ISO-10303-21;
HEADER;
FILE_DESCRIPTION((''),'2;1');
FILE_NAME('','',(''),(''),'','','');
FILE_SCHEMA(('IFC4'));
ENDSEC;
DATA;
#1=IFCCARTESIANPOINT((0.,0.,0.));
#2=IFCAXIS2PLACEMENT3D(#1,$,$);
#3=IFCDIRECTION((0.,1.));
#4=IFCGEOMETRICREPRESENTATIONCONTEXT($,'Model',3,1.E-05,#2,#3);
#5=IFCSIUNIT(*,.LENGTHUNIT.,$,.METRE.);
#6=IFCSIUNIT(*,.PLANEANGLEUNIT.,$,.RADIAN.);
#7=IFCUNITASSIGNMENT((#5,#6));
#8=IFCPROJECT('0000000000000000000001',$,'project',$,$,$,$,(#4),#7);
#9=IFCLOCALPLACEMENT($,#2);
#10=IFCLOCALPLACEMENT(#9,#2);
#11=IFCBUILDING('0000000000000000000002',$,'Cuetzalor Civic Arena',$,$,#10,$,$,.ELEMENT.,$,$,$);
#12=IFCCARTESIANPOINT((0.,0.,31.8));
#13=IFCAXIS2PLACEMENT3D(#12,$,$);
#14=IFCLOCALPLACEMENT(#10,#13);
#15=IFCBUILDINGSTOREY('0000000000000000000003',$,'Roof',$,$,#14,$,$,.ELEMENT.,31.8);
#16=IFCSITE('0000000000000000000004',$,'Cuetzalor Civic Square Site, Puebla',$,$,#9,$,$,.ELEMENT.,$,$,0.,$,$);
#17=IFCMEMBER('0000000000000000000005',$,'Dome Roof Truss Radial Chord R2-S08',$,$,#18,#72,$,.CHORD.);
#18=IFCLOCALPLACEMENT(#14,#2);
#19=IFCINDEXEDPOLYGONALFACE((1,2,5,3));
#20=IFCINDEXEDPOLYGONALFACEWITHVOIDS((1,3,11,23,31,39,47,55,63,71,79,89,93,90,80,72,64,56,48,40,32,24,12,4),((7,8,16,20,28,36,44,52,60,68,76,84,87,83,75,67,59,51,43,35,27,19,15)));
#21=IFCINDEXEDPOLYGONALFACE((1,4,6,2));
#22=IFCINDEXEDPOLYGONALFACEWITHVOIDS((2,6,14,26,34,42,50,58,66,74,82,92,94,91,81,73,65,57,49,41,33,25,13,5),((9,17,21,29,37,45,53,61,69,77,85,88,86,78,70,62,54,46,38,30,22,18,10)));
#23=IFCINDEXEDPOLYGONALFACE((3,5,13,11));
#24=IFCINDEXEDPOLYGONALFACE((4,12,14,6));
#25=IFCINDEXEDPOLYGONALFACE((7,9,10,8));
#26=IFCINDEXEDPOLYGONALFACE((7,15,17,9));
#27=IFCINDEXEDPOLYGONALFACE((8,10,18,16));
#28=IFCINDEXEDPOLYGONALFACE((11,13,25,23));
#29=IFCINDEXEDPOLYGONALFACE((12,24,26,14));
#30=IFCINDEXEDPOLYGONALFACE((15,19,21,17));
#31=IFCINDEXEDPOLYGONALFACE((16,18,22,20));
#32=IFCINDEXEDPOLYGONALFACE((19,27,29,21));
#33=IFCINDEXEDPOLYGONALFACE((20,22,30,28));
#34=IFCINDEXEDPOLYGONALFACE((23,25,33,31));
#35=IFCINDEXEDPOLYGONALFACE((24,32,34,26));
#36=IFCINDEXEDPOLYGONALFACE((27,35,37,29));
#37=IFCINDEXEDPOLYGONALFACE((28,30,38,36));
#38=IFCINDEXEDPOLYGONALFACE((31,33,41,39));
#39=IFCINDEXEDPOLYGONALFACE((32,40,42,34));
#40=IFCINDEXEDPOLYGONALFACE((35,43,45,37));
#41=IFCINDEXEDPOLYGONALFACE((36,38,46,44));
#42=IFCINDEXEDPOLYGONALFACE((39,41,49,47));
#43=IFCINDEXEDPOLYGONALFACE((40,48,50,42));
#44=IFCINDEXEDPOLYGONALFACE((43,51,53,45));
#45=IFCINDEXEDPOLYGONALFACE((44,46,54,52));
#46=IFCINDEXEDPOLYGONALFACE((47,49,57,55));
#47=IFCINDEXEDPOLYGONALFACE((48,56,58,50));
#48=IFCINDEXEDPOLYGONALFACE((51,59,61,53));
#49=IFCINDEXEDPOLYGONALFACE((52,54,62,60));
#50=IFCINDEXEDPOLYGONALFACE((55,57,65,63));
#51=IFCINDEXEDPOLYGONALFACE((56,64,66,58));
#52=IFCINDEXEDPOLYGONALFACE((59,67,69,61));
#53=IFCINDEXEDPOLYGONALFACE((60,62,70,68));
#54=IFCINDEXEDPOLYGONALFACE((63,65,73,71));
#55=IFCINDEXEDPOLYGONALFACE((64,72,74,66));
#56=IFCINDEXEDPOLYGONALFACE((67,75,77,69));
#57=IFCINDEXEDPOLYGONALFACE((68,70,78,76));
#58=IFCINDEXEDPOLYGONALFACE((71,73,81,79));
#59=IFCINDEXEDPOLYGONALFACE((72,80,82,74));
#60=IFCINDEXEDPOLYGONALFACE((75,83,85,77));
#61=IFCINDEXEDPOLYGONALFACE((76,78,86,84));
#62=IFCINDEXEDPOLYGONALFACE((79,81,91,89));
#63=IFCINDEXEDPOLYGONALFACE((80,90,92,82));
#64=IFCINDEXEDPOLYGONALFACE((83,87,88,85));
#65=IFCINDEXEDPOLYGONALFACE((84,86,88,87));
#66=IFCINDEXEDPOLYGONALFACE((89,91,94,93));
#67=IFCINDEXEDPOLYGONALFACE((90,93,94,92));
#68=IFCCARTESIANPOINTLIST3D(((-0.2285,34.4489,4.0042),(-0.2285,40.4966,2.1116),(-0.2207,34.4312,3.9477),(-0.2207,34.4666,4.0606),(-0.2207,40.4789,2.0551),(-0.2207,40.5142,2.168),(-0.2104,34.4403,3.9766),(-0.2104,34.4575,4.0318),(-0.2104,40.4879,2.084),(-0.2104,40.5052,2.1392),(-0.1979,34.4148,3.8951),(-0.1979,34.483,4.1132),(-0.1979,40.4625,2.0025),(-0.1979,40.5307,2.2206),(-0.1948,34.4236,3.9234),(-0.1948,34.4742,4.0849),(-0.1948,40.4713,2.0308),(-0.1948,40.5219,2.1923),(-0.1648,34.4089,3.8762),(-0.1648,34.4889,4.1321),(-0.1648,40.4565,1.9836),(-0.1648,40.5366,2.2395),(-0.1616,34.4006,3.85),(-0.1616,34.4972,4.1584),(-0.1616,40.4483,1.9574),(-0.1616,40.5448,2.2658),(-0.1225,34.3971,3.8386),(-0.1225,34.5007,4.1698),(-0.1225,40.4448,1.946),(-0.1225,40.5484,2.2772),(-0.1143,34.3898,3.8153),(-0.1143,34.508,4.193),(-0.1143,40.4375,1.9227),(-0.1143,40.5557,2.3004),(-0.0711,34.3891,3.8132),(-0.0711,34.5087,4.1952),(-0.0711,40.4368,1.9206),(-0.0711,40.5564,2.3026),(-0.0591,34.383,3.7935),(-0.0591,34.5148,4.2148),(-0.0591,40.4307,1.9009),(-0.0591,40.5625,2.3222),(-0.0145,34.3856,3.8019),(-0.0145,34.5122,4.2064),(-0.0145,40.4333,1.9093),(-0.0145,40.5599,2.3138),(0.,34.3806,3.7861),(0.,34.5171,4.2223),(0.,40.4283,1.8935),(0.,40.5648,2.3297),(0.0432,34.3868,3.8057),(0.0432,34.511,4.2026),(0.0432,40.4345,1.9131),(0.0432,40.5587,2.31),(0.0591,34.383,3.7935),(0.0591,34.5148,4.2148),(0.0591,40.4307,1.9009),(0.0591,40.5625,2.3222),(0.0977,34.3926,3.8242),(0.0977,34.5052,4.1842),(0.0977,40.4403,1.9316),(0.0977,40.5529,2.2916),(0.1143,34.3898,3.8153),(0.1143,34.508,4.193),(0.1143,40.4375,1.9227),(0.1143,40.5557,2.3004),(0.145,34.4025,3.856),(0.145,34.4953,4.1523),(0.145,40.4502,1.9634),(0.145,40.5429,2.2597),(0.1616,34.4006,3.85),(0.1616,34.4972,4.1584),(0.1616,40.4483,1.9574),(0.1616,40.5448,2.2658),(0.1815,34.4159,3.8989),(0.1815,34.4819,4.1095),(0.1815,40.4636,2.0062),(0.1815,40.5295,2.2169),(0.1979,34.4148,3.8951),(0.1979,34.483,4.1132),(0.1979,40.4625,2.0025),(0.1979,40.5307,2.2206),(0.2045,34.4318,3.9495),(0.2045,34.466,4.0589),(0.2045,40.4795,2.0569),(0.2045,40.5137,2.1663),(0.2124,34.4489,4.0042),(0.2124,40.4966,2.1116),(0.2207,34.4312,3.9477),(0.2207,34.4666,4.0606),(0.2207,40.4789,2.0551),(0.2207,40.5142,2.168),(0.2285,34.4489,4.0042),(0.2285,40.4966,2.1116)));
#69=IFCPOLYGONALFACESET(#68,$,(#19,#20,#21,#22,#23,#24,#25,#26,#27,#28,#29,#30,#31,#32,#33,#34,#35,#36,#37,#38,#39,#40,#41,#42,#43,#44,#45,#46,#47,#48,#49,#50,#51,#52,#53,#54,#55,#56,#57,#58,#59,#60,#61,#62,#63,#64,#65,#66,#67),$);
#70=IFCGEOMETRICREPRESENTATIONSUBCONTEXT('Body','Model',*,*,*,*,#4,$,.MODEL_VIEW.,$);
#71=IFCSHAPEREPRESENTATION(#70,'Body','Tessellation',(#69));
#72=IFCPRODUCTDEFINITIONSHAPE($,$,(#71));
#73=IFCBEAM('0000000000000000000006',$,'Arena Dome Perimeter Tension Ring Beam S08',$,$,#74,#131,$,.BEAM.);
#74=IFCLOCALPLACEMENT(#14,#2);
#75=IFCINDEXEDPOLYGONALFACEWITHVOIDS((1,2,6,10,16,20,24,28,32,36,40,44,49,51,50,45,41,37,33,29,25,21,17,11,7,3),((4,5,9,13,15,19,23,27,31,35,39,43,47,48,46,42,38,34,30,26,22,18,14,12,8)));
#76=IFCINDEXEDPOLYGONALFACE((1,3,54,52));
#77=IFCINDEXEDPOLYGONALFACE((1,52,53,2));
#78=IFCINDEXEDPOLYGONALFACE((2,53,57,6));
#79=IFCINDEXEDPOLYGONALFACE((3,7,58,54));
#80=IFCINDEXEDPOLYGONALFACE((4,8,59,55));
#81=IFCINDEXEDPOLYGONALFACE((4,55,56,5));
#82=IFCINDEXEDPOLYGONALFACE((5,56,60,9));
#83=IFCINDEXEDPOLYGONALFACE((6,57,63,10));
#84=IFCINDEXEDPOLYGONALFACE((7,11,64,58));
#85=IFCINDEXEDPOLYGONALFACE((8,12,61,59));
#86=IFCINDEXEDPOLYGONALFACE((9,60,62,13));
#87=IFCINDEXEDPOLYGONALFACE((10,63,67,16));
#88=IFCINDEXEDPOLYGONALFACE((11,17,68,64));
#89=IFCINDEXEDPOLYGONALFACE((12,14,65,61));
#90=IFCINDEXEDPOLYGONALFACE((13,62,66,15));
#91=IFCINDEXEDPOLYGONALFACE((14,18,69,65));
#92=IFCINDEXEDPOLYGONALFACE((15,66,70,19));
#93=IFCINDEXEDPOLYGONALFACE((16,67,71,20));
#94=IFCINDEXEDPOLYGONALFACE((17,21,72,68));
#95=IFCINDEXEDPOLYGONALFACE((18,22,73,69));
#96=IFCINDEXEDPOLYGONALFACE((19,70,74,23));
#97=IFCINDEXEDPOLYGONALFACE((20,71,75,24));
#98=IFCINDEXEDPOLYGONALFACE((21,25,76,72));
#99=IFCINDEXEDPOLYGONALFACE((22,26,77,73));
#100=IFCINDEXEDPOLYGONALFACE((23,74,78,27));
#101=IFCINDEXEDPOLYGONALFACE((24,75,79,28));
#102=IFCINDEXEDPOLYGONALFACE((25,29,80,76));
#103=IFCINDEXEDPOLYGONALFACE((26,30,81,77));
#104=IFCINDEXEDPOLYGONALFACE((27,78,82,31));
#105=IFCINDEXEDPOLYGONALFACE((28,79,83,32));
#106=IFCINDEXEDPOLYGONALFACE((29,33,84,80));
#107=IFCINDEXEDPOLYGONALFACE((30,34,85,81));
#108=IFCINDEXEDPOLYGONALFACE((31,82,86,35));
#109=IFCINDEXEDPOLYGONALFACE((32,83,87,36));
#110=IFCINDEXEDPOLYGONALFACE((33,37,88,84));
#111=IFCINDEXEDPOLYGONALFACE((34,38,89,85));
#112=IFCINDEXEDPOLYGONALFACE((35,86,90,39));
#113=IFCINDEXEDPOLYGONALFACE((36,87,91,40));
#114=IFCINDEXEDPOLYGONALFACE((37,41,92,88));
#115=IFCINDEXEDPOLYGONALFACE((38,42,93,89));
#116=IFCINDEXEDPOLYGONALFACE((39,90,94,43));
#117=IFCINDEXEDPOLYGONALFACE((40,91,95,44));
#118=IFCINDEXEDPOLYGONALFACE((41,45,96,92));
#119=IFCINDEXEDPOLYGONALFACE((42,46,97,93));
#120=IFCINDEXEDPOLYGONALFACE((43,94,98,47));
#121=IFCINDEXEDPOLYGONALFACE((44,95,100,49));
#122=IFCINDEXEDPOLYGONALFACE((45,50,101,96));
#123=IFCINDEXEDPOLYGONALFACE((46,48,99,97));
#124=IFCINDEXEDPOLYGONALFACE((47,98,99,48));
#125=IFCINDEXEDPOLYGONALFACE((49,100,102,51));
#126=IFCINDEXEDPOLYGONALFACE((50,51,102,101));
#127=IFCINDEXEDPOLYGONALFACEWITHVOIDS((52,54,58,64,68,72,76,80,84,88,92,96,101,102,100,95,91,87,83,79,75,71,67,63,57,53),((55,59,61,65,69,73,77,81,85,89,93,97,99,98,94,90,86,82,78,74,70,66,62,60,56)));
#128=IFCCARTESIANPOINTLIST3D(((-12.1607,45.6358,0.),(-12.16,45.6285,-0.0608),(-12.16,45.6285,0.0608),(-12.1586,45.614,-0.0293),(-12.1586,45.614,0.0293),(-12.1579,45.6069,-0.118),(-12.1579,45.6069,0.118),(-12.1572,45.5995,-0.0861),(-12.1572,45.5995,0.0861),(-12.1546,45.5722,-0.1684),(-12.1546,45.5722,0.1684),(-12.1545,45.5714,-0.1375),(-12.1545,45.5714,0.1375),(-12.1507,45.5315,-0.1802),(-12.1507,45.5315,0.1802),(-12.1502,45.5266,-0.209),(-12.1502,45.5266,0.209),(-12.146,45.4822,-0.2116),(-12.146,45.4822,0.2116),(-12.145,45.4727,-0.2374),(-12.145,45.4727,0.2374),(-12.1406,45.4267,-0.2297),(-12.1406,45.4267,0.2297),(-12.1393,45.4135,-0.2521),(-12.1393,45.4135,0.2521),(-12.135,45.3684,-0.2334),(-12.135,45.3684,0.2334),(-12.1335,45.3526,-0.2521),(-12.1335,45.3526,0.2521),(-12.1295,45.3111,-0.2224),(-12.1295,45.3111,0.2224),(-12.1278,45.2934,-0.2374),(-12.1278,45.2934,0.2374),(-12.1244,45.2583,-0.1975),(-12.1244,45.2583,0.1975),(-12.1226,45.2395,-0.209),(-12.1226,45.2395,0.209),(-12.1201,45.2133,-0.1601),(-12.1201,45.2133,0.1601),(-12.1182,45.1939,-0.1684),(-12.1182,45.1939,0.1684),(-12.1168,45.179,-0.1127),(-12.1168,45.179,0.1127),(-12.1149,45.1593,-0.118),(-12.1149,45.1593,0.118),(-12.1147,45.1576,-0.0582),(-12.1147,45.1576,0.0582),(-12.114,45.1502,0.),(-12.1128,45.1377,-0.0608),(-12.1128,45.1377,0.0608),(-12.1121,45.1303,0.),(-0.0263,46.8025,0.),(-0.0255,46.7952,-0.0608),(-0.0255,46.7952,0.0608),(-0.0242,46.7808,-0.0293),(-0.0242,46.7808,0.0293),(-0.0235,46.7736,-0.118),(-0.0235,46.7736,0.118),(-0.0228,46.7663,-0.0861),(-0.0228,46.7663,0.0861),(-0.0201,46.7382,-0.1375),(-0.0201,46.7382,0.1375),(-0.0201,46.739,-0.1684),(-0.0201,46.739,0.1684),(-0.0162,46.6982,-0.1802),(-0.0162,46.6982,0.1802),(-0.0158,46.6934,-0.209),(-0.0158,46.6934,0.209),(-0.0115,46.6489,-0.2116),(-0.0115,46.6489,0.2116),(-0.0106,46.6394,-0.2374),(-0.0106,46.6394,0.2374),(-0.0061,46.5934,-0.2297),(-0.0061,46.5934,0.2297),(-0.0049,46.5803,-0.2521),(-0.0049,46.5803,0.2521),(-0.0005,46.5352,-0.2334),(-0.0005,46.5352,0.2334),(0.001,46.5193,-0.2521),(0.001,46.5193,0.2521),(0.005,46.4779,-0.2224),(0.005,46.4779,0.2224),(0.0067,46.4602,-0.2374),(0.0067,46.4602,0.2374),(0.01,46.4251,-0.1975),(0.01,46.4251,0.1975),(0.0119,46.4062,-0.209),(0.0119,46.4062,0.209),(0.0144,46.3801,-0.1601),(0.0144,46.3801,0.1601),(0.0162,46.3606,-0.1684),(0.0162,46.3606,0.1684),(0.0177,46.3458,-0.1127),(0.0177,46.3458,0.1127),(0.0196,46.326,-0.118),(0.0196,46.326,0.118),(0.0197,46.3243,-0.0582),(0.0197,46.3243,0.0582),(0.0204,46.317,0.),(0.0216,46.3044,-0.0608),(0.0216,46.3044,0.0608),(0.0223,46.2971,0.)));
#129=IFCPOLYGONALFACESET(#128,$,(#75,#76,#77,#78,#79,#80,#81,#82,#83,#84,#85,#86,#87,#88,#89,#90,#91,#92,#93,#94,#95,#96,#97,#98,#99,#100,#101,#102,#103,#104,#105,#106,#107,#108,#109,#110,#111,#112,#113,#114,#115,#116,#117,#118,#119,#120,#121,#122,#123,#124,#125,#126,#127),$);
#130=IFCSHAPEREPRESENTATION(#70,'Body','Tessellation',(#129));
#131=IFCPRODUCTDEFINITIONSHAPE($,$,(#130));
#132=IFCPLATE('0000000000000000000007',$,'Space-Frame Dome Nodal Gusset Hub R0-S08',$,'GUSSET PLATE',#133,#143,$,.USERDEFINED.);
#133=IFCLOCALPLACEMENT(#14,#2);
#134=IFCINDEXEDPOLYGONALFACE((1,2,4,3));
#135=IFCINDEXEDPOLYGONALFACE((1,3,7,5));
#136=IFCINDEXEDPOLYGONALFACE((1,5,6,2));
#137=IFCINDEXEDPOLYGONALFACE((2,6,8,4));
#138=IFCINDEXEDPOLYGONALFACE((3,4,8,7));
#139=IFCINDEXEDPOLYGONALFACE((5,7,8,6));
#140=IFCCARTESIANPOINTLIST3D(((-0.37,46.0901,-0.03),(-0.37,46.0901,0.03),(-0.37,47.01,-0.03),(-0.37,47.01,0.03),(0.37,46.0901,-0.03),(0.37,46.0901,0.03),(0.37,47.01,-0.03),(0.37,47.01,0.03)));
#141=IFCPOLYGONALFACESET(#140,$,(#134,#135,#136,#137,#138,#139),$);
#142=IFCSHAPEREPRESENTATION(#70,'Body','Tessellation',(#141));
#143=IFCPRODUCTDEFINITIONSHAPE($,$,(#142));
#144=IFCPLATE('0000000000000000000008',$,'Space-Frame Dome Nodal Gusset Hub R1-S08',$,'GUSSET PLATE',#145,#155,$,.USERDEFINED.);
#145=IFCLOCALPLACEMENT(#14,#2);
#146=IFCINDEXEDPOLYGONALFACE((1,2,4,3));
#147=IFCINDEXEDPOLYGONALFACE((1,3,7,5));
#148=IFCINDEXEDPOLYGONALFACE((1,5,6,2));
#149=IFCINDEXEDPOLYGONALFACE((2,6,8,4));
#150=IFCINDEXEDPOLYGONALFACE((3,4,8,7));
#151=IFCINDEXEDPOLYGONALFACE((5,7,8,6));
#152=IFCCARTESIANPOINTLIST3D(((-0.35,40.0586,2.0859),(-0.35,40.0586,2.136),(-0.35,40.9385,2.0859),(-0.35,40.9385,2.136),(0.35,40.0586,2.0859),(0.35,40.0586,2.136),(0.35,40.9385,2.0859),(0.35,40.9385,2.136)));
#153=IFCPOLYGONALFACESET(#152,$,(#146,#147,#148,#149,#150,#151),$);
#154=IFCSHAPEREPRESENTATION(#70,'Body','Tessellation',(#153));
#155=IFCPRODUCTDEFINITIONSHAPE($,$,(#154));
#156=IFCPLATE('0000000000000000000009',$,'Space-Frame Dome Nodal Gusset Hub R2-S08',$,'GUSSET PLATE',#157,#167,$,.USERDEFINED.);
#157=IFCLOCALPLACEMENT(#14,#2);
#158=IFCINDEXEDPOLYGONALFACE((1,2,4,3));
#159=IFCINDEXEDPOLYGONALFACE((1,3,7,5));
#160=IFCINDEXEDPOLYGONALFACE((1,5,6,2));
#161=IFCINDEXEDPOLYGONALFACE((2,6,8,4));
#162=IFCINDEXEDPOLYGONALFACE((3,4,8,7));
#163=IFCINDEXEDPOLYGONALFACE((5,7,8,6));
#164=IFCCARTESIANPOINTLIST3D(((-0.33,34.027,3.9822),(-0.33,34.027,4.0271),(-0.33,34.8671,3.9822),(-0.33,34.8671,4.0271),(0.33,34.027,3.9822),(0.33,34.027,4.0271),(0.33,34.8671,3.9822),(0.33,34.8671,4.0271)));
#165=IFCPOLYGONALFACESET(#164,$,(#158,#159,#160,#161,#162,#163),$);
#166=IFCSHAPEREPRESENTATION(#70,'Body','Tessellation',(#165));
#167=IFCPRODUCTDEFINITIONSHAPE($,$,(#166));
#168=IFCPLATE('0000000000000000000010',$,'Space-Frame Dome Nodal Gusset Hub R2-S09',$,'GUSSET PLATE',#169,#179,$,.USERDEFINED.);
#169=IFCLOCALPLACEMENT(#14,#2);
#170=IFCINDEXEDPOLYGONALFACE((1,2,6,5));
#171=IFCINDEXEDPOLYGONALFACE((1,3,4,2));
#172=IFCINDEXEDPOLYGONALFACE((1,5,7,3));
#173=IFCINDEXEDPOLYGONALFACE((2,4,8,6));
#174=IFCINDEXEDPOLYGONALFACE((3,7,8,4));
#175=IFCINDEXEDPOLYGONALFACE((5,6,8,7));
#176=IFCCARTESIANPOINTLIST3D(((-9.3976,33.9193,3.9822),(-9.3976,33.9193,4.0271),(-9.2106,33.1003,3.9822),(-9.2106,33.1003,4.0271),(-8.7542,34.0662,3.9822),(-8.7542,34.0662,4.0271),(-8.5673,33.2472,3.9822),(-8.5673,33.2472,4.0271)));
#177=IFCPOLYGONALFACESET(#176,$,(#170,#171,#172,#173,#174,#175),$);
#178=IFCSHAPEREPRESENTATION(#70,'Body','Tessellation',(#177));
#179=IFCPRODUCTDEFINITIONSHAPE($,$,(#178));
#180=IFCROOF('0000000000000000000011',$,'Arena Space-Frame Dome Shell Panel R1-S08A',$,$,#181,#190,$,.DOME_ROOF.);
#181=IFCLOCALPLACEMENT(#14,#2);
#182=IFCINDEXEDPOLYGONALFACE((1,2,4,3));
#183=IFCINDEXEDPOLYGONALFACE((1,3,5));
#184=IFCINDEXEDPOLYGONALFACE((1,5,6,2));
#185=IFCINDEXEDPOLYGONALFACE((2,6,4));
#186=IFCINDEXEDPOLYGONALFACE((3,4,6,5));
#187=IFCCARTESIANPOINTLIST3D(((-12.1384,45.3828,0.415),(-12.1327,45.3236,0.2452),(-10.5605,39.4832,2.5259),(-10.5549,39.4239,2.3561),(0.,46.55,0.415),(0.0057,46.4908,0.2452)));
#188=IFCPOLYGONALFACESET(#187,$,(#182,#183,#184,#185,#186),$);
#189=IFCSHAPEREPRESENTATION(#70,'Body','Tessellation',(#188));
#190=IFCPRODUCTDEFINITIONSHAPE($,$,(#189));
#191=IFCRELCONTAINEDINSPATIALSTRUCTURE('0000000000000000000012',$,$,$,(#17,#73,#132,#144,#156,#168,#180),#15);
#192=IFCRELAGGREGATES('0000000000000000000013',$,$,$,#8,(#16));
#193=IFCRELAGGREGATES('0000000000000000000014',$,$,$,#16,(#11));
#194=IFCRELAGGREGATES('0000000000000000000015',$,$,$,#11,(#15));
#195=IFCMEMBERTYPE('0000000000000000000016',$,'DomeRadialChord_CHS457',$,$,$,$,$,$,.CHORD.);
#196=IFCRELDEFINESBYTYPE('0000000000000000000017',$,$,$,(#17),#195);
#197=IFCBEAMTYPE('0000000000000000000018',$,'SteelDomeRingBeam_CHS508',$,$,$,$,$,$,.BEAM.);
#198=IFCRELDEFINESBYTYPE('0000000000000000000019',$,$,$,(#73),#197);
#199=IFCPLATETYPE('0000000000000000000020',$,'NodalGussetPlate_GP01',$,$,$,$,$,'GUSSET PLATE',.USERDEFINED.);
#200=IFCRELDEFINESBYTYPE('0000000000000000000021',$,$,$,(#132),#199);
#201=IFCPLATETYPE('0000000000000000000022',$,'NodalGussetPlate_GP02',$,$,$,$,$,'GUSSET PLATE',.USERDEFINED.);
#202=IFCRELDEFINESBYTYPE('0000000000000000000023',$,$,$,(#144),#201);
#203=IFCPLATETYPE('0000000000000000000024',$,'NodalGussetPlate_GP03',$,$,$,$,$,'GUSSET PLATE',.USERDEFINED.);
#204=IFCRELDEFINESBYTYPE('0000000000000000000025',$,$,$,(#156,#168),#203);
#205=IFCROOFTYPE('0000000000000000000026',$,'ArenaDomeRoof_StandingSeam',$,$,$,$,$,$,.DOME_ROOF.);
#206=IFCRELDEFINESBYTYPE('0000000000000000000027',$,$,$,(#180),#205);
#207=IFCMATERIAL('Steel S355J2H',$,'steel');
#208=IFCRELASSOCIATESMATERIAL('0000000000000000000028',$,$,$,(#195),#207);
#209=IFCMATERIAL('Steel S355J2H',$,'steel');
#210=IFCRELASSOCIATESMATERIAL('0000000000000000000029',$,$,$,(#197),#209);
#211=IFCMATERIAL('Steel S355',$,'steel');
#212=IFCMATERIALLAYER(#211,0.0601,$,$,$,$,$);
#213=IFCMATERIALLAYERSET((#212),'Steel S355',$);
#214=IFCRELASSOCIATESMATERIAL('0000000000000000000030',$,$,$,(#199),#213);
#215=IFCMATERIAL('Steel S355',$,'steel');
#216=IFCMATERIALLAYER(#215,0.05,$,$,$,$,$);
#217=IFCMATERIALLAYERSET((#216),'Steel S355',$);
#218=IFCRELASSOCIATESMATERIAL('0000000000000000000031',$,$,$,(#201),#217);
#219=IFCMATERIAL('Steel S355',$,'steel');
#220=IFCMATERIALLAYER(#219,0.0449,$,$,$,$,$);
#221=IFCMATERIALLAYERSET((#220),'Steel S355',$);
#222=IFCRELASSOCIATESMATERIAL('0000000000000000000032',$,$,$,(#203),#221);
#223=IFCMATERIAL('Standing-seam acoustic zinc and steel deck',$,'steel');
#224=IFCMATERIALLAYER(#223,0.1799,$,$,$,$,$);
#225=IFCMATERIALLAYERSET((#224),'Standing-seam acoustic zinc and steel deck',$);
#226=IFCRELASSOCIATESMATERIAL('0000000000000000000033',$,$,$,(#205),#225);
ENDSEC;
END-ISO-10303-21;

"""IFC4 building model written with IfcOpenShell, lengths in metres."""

from ifc_helpers import new_model, si_unit, direction, frame, origin, origin_2d, place, context, subcontext, project, spatial, polyline, rectangle, hollow_circle, outline, extrude, material, layer, layer_set, material_profile, profile_set, type_object, element, save


model = new_model("IFC4")

# Units and contexts
model_context = context("Model", 3, precision=1e-05, world=origin(), true_north=direction((0.0, 1.0)))
body_context = subcontext(model_context, "Body", "Model", "MODEL_VIEW")
ifc_project = project(units=[si_unit("LENGTHUNIT", "METRE"), si_unit("PLANEANGLEUNIT", "RADIAN")], contexts=[model_context])

# Site, building, storey
site_placement = place(None, origin())
site = spatial("IfcSite", under=ifc_project, at=site_placement, Name="Cuetzalor Civic Square Site, Puebla", CompositionType="ELEMENT", RefElevation=0.0)
building_placement = place(site_placement, origin())
building = spatial("IfcBuilding", under=site, at=building_placement, Name="Cuetzalor Civic Arena", CompositionType="ELEMENT")
storey_placement = place(building_placement, frame((0.0, 0.0, 31.8)))
storey = spatial("IfcBuildingStorey", under=building, at=storey_placement, Name="Roof", CompositionType="ELEMENT", Elevation=31.8)

# Member
ifc_material_1 = material(Name="Steel S355J2H", Category="steel")
ifc_material_profile_1 = material_profile(ifc_material_1, hollow_circle(Radius=0.2285, WallThickness=0.0161, at=origin_2d()), Name="CHS 457x16")
ifc_profile_set_1 = profile_set([ifc_material_profile_1], Name="Steel S355J2H")
member_type_1 = type_object("IfcMemberType", Name="DomeRadialChord_CHS457", PredefinedType="CHORD", material=ifc_profile_set_1)
member_1_placement = place(storey_placement, frame((0.0, 40.4966, 2.1116), z_axis=(0.0, -0.954359, 0.298663), x_axis=(1.0, 0.0, 0.0)))
element("IfcMember", 1, at=member_1_placement, inside=storey, type_object=member_type_1, Name="Dome Roof Truss Radial Chord R2-S08", PredefinedType="CHORD", context=body_context, shape_type="SweptSolid", body=[
    extrude(hollow_circle(Radius=0.2285, WallThickness=0.0161, at=origin_2d()), origin(), (0.0, 0.0, 1.0), 6.3369),
])

# Beam
ifc_material_2 = material(Name="Steel S355J2H", Category="steel")
ifc_material_profile_2 = material_profile(ifc_material_2, hollow_circle(Radius=0.2539, WallThickness=0.02, at=origin_2d()), Name="CHS 508x20")
ifc_profile_set_2 = profile_set([ifc_material_profile_2], Name="Steel S355J2H")
beam_type = type_object("IfcBeamType", Name="SteelDomeRingBeam_CHS508", PredefinedType="BEAM", material=ifc_profile_set_2)
beam_placement = place(storey_placement, frame((-0.002, 46.5498, 0.0), z_axis=(-0.995409, -0.09571, 0.0), x_axis=(0.09571, -0.995409, 0.0)))
element("IfcBeam", 2, at=beam_placement, inside=storey, type_object=beam_type, Name="Arena Dome Perimeter Tension Ring Beam S08", PredefinedType="BEAM", context=body_context, shape_type="SweptSolid", body=[
    extrude(hollow_circle(Radius=0.2539, WallThickness=0.02, at=origin_2d()), origin(), (0.0, 0.0, 1.0), 12.1904),
])

# Plates
ifc_material_3 = material(Name="Steel S355", Category="steel")
ifc_layer_1 = layer(ifc_material_3, 0.0601)
ifc_layer_set_1 = layer_set([ifc_layer_1], Name="Steel S355")
plate_type_1 = type_object("IfcPlateType", Name="NodalGussetPlate_GP01", ElementType="GUSSET PLATE", PredefinedType="USERDEFINED", material=ifc_layer_set_1)
plate_1_placement = place(storey_placement, frame((0.0, 46.55, -0.03), z_axis=(0.0, 0.0, 1.0), x_axis=(0.0, 1.0, 0.0)))
element("IfcPlate", 3, at=plate_1_placement, inside=storey, type_object=plate_type_1, Name="Space-Frame Dome Nodal Gusset Hub R0-S08", ObjectType="GUSSET PLATE", PredefinedType="USERDEFINED", context=body_context, shape_type="SweptSolid", body=[
    extrude(rectangle(XDim=0.9199, YDim=0.74, at=origin_2d()), origin(), (0.0, 0.0, 1.0), 0.0601),
])
ifc_material_4 = material(Name="Steel S355", Category="steel")
ifc_layer_2 = layer(ifc_material_4, 0.05)
ifc_layer_set_2 = layer_set([ifc_layer_2], Name="Steel S355")
plate_type_2 = type_object("IfcPlateType", Name="NodalGussetPlate_GP02", ElementType="GUSSET PLATE", PredefinedType="USERDEFINED", material=ifc_layer_set_2)
plate_2_placement = place(storey_placement, frame((0.0, 40.4985, 2.0859), z_axis=(0.0, 0.0, 1.0), x_axis=(0.0, 1.0, 0.0)))
element("IfcPlate", 4, at=plate_2_placement, inside=storey, type_object=plate_type_2, Name="Space-Frame Dome Nodal Gusset Hub R1-S08", ObjectType="GUSSET PLATE", PredefinedType="USERDEFINED", context=body_context, shape_type="SweptSolid", body=[
    extrude(rectangle(XDim=0.8799, YDim=0.7, at=origin_2d()), origin(), (0.0, 0.0, 1.0), 0.05),
])
ifc_material_5 = material(Name="Steel S355", Category="steel")
ifc_layer_3 = layer(ifc_material_5, 0.0449)
ifc_layer_set_3 = layer_set([ifc_layer_3], Name="Steel S355")
plate_type_3 = type_object("IfcPlateType", Name="NodalGussetPlate_GP03", ElementType="GUSSET PLATE", PredefinedType="USERDEFINED", material=ifc_layer_set_3)
for number, where, z_axis, x_axis, name in (
    (5, (0.0, 34.447, 3.9822), (0.0, 0.0, 1.0), (0.0, 1.0, 0.0), "Space-Frame Dome Nodal Gusset Hub R2-S08"),
    (6, (-8.9824, 33.5833, 3.9822), (0.0, 0.0, 1.0), (-0.22257, 0.974917, 0.0), "Space-Frame Dome Nodal Gusset Hub R2-S09"),
):
    element("IfcPlate", number, at=place(storey_placement, frame(where, z_axis=z_axis, x_axis=x_axis)), inside=storey, type_object=plate_type_3, Name=name, ObjectType="GUSSET PLATE", PredefinedType="USERDEFINED", context=body_context, shape_type="SweptSolid", body=[
        extrude(rectangle(XDim=0.8401, YDim=0.6599, at=origin_2d()), origin(), (0.0, 0.0, 1.0), 0.0449),
    ])

# Roof
ifc_material_6 = material(Name="Standing-seam acoustic zinc and steel deck", Category="steel")
ifc_layer_4 = layer(ifc_material_6, 0.1799)
ifc_layer_set_4 = layer_set([ifc_layer_4], Name="Standing-seam acoustic zinc and steel deck")
roof_type = type_object("IfcRoofType", Name="ArenaDomeRoof_StandingSeam", PredefinedType="DOME_ROOF", material=ifc_layer_set_4)
roof_1_placement = place(storey_placement, frame((0.0, 46.55, 0.415), z_axis=(-0.031655, 0.329192, 0.943732), x_axis=(-0.995408, -0.095719, 0.0)))
element("IfcRoof", 7, at=roof_1_placement, inside=storey, type_object=roof_type, Name="Arena Space-Frame Dome Shell Panel R1-S08A", PredefinedType="DOME_ROOF", context=body_context, shape_type="SweptSolid", body=[
    extrude(outline(polyline([(0.0, 0.0), (12.1944, 0.0), (11.1885, 6.3827), (0.0, 0.0)])), origin(), (0.0, 0.0, -1.0), 0.1799),
])

save(model, "model.ifc")
